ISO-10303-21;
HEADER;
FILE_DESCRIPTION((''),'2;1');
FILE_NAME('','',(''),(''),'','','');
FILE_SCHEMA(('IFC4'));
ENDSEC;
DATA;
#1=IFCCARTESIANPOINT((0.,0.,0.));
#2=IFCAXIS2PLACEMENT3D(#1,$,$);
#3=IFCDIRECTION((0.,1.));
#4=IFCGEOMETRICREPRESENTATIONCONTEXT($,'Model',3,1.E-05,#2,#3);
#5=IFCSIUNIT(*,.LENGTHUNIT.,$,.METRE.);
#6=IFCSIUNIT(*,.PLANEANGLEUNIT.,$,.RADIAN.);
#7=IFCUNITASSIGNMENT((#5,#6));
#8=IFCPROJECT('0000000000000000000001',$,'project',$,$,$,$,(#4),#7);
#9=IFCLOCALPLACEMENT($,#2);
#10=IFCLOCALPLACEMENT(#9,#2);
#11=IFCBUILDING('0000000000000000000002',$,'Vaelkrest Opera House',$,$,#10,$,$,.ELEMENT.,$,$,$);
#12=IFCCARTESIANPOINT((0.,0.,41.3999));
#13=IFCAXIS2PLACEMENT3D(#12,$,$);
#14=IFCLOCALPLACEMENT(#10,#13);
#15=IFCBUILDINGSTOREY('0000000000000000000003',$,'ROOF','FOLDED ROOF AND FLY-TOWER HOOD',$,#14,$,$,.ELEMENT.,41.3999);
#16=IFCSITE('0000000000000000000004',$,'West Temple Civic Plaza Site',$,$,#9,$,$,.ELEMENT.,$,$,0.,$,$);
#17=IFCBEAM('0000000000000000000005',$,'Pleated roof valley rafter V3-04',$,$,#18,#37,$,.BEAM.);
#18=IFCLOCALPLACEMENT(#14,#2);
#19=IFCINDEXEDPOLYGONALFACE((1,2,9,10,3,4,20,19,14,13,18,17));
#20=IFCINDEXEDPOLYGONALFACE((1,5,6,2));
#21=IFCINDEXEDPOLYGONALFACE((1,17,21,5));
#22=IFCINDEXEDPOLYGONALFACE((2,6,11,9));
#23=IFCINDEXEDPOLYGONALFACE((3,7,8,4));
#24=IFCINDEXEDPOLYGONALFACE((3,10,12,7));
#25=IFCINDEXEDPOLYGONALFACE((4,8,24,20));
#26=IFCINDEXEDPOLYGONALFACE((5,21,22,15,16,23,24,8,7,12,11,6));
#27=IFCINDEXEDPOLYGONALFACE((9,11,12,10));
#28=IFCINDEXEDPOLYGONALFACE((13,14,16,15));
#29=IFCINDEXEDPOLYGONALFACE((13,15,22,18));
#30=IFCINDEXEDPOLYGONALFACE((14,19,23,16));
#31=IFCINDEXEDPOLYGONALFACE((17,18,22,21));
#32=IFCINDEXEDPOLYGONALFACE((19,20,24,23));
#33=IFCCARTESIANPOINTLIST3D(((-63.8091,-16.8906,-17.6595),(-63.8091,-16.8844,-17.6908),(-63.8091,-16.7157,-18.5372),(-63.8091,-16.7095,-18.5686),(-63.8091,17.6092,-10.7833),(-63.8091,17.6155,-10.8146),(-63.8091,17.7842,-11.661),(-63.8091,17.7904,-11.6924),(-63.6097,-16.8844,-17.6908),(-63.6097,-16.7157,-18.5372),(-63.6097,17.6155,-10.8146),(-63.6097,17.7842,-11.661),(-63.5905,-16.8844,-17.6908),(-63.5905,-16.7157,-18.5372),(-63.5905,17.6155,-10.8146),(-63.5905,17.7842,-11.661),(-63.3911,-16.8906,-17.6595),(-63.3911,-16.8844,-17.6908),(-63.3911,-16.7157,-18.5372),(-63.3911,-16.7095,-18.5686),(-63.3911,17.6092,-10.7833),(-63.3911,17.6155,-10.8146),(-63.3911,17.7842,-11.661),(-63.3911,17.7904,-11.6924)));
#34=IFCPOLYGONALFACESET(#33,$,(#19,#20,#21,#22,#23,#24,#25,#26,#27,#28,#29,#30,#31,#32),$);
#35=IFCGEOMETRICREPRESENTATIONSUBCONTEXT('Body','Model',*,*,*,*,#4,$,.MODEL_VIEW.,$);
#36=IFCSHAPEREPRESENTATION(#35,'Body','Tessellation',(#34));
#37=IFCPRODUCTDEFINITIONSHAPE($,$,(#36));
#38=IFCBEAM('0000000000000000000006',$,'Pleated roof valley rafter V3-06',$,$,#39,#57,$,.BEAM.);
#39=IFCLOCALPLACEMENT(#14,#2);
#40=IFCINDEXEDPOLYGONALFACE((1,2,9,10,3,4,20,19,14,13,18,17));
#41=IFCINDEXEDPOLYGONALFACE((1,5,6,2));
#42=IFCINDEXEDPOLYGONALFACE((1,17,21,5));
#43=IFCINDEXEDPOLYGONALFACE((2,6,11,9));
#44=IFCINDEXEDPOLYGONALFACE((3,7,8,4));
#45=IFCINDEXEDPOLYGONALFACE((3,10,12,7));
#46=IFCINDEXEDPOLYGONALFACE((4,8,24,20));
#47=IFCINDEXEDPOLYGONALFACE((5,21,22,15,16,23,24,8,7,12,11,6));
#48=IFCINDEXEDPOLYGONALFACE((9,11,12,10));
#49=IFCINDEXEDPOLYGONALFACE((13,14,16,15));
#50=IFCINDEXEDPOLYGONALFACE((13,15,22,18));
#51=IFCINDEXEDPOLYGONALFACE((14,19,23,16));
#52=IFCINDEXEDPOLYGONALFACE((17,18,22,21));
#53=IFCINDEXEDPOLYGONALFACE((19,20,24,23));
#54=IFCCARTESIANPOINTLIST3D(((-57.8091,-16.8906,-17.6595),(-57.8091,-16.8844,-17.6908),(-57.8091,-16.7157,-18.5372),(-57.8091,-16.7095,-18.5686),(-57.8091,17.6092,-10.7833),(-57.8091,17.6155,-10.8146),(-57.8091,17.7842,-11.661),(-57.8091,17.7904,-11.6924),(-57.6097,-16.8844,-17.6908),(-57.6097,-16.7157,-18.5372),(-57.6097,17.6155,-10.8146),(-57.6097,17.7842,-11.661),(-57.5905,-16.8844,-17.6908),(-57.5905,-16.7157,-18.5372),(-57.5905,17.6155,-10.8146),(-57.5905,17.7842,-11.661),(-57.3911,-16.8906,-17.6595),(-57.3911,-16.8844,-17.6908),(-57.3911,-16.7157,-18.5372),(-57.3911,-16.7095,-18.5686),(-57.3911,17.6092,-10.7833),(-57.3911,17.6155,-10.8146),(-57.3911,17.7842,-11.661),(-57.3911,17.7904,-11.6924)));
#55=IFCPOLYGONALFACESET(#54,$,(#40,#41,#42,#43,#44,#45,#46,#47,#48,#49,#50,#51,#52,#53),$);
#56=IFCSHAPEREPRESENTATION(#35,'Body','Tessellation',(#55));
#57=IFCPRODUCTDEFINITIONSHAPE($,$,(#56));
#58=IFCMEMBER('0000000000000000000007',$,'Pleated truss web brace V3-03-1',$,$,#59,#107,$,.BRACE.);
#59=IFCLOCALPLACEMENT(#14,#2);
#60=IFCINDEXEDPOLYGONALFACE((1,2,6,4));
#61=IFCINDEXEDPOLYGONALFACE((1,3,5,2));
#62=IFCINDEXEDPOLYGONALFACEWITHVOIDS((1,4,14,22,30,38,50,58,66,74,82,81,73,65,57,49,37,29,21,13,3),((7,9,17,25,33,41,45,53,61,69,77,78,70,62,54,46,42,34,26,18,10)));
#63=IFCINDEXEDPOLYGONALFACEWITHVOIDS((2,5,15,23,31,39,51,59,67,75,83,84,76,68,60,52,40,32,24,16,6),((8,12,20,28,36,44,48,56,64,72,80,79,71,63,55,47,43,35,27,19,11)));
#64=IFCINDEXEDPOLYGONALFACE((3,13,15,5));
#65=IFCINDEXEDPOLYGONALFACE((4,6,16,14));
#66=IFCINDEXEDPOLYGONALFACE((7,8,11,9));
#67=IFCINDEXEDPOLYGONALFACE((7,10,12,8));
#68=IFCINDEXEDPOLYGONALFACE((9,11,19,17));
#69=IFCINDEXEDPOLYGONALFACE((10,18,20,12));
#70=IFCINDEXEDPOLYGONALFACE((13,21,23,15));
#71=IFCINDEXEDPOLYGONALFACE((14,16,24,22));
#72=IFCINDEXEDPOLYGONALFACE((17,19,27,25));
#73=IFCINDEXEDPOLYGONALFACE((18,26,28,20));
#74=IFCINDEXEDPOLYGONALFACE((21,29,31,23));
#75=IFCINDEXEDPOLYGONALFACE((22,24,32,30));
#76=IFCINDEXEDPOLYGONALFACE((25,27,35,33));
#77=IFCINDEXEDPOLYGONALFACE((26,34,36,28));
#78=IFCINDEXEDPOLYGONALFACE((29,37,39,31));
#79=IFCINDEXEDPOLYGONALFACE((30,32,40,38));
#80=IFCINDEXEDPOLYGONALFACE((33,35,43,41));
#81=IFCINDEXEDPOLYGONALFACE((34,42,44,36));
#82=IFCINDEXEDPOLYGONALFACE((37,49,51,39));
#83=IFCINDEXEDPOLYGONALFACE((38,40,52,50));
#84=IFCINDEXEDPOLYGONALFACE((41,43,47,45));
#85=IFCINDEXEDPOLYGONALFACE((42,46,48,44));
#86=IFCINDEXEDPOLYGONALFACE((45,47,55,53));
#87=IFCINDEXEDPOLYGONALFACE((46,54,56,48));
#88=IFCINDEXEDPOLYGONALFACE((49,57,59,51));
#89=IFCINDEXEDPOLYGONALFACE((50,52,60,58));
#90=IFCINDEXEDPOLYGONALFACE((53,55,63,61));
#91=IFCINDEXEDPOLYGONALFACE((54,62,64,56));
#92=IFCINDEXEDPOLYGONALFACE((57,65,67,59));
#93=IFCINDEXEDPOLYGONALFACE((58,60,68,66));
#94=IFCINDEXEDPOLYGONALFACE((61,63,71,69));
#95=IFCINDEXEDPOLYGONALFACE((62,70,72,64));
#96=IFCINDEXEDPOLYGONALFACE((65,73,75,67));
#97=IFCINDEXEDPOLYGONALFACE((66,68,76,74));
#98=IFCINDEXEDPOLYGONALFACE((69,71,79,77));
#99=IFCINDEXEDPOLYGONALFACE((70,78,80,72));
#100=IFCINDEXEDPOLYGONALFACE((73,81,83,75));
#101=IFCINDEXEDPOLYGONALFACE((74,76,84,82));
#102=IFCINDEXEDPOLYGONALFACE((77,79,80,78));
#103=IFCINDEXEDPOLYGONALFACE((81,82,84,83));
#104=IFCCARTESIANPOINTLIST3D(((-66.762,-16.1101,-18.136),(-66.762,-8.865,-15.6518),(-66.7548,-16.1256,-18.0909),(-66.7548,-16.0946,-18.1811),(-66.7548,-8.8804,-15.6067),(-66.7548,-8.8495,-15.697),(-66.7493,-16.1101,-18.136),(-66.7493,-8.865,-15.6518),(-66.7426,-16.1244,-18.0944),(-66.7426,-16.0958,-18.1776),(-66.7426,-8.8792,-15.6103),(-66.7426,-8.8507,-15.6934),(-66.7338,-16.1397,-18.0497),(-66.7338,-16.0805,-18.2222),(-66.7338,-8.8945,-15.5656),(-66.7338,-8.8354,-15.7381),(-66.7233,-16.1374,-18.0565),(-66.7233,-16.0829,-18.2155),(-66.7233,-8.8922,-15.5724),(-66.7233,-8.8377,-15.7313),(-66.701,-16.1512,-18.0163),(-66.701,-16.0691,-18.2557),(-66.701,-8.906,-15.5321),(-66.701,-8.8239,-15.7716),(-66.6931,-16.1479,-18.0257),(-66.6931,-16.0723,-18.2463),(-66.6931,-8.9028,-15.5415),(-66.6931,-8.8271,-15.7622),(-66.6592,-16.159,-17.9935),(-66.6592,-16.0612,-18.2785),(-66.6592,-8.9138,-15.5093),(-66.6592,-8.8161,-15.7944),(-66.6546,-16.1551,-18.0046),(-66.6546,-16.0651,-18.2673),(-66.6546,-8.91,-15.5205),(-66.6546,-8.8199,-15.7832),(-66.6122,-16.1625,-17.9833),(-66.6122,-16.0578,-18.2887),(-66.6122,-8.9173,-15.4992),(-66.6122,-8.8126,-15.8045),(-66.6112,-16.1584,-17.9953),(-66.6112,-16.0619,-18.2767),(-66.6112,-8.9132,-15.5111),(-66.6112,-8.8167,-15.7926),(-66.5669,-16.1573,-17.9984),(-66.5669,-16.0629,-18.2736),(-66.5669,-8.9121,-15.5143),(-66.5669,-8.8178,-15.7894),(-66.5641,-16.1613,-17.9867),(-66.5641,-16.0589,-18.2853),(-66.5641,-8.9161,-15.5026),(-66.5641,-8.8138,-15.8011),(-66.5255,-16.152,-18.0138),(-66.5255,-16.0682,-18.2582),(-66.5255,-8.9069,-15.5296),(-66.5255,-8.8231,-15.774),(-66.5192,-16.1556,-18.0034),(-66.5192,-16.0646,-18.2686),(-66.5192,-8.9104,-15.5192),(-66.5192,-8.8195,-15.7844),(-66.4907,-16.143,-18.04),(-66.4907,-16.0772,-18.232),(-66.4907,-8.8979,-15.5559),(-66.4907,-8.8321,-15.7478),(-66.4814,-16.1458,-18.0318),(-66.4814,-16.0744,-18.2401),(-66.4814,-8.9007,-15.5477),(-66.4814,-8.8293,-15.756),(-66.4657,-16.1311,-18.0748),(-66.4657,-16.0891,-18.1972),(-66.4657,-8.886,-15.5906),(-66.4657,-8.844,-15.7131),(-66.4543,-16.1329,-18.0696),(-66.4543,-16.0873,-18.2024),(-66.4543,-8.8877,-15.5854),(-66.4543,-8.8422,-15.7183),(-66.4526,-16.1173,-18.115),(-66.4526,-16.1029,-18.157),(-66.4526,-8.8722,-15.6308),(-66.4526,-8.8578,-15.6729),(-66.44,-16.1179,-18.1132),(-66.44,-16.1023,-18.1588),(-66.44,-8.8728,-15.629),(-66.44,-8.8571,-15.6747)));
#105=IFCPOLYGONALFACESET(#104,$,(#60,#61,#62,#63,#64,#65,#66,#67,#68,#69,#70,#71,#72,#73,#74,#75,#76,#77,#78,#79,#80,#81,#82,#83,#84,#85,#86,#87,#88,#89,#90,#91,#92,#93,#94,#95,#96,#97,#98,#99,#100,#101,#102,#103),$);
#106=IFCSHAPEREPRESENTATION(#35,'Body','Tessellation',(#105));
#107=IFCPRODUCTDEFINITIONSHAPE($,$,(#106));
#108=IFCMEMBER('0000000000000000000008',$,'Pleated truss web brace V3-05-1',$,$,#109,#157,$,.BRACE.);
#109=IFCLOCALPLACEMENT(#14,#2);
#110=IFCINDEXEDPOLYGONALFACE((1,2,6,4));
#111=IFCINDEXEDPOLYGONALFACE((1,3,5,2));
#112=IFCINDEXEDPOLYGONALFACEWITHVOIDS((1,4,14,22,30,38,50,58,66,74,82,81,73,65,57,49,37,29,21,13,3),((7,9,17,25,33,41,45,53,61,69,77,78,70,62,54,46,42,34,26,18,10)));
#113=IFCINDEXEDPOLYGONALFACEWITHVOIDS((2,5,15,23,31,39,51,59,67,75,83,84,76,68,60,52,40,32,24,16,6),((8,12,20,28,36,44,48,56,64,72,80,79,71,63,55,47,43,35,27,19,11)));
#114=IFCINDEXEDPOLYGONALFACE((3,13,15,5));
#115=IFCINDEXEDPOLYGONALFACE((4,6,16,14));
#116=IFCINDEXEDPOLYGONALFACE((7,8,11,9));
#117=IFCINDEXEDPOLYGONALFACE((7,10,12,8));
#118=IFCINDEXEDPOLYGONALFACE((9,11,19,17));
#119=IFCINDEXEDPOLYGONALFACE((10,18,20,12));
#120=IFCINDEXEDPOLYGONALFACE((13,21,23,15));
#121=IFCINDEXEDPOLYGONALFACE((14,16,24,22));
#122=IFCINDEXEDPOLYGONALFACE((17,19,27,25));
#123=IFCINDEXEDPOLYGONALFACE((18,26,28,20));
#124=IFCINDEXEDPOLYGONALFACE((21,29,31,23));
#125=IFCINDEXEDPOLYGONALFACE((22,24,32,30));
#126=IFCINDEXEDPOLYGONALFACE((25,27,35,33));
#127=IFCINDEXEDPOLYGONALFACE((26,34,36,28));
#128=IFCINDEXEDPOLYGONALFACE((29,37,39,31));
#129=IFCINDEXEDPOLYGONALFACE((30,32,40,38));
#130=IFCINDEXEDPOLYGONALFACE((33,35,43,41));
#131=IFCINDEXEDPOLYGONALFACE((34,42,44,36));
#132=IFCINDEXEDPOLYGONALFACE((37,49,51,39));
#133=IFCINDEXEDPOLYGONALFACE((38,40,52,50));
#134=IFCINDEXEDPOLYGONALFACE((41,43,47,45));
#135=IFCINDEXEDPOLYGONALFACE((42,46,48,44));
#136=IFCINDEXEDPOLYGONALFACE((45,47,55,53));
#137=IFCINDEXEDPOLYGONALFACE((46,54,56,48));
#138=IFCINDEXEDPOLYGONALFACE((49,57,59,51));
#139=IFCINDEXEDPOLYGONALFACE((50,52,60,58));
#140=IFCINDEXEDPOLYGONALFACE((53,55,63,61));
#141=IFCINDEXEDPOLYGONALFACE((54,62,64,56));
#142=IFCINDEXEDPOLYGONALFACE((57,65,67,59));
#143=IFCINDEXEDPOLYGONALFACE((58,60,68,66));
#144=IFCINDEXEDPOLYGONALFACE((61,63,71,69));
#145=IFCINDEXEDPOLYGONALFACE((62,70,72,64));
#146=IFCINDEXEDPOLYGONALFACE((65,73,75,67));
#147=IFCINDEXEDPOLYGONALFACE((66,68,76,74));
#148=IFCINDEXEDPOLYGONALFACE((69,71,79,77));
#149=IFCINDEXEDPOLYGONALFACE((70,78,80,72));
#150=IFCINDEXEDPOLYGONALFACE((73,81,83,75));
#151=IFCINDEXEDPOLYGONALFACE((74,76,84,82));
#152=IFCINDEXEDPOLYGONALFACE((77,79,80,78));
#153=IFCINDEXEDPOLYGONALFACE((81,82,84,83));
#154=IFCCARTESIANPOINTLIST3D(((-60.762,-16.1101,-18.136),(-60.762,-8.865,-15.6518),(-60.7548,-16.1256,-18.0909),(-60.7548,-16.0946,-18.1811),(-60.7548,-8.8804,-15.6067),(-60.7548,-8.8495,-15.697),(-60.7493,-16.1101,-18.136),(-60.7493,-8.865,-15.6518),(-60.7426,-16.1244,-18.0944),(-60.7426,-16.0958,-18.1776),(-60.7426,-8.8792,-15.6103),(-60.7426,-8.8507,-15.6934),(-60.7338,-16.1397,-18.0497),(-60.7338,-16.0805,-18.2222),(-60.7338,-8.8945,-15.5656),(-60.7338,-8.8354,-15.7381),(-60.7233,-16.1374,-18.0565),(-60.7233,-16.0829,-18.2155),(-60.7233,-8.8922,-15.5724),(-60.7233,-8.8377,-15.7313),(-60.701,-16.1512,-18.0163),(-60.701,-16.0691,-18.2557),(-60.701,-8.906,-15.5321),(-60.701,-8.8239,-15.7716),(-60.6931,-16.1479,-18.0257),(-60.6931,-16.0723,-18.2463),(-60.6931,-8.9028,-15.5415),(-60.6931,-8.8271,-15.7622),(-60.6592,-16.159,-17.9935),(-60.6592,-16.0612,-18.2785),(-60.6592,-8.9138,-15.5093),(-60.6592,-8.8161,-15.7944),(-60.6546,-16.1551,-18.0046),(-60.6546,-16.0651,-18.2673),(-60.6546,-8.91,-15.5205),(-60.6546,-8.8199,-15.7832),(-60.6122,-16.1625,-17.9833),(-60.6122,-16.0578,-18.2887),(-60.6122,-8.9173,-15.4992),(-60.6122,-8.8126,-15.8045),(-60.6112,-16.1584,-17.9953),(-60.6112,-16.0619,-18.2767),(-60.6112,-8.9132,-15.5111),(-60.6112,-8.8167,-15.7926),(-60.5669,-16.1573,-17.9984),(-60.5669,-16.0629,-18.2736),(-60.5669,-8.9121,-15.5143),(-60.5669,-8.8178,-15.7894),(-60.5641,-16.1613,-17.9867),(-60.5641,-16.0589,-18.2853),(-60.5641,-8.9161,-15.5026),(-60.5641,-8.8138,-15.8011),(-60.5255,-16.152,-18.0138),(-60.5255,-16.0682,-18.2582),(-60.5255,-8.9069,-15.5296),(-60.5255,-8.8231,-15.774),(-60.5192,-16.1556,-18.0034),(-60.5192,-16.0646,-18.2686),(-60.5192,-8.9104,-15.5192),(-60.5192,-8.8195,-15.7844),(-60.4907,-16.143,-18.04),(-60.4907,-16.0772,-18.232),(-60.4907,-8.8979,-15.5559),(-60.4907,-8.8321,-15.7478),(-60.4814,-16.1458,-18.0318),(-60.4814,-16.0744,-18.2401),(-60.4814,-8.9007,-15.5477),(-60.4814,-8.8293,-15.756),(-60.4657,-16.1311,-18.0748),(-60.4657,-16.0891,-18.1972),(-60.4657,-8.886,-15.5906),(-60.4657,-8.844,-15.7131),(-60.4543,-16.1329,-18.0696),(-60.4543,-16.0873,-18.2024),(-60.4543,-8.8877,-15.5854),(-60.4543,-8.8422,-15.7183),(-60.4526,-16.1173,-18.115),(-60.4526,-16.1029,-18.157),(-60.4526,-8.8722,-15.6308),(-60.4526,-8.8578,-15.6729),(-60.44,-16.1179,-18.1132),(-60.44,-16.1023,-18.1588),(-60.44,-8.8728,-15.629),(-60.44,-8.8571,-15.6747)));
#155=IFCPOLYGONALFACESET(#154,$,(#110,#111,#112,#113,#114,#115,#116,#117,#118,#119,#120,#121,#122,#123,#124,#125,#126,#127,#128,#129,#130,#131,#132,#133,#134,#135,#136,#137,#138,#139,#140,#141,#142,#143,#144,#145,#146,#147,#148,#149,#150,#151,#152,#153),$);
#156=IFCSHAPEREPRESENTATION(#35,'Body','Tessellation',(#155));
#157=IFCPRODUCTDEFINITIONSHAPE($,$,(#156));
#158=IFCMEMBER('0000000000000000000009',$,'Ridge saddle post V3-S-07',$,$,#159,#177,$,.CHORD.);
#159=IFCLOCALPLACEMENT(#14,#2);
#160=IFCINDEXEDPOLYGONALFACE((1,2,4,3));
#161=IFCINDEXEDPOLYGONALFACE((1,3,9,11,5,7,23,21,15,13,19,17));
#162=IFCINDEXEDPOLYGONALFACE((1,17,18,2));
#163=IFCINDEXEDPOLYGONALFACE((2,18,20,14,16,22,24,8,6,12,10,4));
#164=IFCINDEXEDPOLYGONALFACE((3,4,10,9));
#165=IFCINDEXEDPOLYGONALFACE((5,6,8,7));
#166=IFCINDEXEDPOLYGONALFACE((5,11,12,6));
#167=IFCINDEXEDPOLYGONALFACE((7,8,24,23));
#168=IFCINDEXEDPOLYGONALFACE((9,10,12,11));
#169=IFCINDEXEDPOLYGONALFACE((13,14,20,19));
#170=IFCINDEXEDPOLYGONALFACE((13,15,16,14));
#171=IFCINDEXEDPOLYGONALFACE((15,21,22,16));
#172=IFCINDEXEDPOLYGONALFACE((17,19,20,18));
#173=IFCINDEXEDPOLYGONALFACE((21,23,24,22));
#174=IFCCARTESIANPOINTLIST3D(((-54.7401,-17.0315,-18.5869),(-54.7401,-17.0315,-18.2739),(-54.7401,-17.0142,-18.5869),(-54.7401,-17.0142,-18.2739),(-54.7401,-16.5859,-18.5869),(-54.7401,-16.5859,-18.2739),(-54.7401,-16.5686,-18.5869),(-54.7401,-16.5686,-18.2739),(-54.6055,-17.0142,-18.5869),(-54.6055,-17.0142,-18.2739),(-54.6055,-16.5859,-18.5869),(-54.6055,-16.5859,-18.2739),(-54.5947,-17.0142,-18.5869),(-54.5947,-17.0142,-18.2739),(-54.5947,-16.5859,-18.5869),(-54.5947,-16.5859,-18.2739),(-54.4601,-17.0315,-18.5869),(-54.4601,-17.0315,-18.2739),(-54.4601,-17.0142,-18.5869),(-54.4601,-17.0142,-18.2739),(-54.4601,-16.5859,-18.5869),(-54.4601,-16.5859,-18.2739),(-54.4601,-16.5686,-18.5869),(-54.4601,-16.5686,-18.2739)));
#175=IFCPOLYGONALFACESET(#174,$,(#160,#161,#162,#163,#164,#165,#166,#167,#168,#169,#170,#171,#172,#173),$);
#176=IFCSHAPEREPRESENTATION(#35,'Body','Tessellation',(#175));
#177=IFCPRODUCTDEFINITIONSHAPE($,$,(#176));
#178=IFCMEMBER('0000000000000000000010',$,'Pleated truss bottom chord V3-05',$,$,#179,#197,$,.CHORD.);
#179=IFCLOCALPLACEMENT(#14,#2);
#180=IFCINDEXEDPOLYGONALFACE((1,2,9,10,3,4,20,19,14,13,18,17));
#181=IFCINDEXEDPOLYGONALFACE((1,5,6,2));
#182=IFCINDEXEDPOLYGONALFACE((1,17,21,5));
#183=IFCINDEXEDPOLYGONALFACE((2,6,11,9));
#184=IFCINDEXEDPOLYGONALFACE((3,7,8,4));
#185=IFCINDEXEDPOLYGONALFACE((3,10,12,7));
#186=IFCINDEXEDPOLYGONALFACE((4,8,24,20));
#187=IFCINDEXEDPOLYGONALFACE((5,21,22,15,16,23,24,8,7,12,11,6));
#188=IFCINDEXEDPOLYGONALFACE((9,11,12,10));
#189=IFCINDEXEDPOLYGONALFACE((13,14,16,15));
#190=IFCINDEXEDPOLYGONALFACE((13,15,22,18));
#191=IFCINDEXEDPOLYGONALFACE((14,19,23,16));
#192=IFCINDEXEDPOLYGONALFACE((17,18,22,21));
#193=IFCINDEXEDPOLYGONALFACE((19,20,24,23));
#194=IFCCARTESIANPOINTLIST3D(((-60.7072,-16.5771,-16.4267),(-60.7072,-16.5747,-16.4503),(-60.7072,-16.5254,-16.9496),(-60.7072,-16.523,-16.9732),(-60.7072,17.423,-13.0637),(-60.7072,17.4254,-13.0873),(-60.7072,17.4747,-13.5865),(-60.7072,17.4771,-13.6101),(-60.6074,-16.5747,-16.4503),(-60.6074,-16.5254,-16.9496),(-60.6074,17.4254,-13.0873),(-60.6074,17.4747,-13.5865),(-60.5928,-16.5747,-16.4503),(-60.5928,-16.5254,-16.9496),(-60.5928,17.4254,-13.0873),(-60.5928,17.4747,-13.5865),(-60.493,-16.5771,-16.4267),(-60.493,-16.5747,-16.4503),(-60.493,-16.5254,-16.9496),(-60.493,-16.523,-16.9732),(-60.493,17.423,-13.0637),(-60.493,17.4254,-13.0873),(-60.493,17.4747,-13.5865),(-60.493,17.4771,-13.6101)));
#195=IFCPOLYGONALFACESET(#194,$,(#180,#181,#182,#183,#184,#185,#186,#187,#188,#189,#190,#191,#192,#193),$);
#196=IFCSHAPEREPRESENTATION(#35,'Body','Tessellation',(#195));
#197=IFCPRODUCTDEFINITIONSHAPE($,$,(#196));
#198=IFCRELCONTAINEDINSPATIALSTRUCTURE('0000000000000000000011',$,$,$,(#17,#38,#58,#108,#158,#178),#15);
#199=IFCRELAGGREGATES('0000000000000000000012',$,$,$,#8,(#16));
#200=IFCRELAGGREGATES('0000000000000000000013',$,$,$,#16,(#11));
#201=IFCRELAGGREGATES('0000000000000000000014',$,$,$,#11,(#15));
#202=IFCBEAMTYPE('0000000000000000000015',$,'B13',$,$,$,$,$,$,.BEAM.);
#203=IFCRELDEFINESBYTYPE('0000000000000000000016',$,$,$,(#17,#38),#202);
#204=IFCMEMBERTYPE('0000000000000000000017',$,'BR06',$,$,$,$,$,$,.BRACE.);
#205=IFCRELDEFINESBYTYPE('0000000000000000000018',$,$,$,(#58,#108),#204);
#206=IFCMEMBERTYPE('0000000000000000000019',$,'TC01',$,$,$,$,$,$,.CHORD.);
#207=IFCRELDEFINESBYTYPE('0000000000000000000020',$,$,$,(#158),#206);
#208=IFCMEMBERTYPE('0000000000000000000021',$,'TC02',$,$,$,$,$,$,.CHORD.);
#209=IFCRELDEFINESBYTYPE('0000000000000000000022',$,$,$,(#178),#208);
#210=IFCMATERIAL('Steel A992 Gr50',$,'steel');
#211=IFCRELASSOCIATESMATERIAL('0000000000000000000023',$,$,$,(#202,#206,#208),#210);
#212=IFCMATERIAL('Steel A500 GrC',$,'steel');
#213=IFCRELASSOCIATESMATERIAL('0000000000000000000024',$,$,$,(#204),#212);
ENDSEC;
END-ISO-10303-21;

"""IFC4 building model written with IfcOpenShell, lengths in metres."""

from ifc_helpers import new_model, si_unit, direction, frame, origin, origin_2d, place, context, subcontext, project, spatial, hollow_circle, i_section, extrude, material, material_profile, profile_set, type_object, element, save


model = new_model("IFC4")

# Units and contexts
model_context = context("Model", 3, precision=1e-05, world=origin(), true_north=direction((0.0, 1.0)))
body_context = subcontext(model_context, "Body", "Model", "MODEL_VIEW")
ifc_project = project(units=[si_unit("LENGTHUNIT", "METRE"), si_unit("PLANEANGLEUNIT", "RADIAN")], contexts=[model_context])

# Site, building, storey
site_placement = place(None, origin())
site = spatial("IfcSite", under=ifc_project, at=site_placement, Name="West Temple Civic Plaza Site", CompositionType="ELEMENT", RefElevation=0.0)
building_placement = place(site_placement, origin())
building = spatial("IfcBuilding", under=site, at=building_placement, Name="Vaelkrest Opera House", CompositionType="ELEMENT")
storey_placement = place(building_placement, frame((0.0, 0.0, 41.3999)))
storey = spatial("IfcBuildingStorey", under=building, at=storey_placement, Name="ROOF", Description="FOLDED ROOF AND FLY-TOWER HOOD", CompositionType="ELEMENT", Elevation=41.3999)

# Beams
ifc_material_1 = material(Name="Steel A992 Gr50", Category="steel")
ifc_material_profile_1 = material_profile(ifc_material_1, i_section(OverallWidth=0.418, OverallDepth=0.927, WebThickness=0.0193, FlangeThickness=0.032, at=origin_2d()), Name="W36X231")
ifc_profile_set_1 = profile_set([ifc_material_profile_1], Name="Steel A992 Gr50")
beam_type = type_object("IfcBeamType", Name="B13", PredefinedType="BEAM", material=ifc_profile_set_1)
for number, where, z_axis, x_axis, name in (
    (1, (-63.6001, -16.8, -18.114), (0.0, 0.98071, 0.195466), (-1.0, 0.0, 0.0), "Pleated roof valley rafter V3-04"),
    (2, (-57.6001, -16.8, -18.114), (0.0, 0.98071, 0.195466), (-1.0, 0.0, 0.0), "Pleated roof valley rafter V3-06"),
):
    element("IfcBeam", number, at=place(storey_placement, frame(where, z_axis=z_axis, x_axis=x_axis)), inside=storey, type_object=beam_type, Name=name, PredefinedType="BEAM", context=body_context, shape_type="SweptSolid", body=[
        extrude(i_section(OverallWidth=0.418, OverallDepth=0.927, WebThickness=0.0193, FlangeThickness=0.032, at=origin_2d()), origin(), (0.0, 0.0, 1.0), 35.1785),
    ])

# Members
ifc_material_2 = material(Name="Steel A500 GrC", Category="steel")
ifc_material_profile_2 = material_profile(ifc_material_2, hollow_circle(Radius=0.1619, WallThickness=0.0127, at=origin_2d()), Name="HSS323.9X12.7")
ifc_profile_set_2 = profile_set([ifc_material_profile_2], Name="Steel A500 GrC")
member_type_1 = type_object("IfcMemberType", Name="BR06", PredefinedType="BRACE", material=ifc_profile_set_2)
for number, where, z_axis, x_axis, name in (
    (3, (-66.6001, -16.1101, -18.136), (0.0, 0.945942, 0.324335), (-1.0, 0.0, 0.0), "Pleated truss web brace V3-03-1"),
    (4, (-60.6001, -16.1101, -18.136), (0.0, 0.945942, 0.324335), (-1.0, 0.0, 0.0), "Pleated truss web brace V3-05-1"),
):
    element("IfcMember", number, at=place(storey_placement, frame(where, z_axis=z_axis, x_axis=x_axis)), inside=storey, type_object=member_type_1, Name=name, PredefinedType="BRACE", context=body_context, shape_type="SweptSolid", body=[
        extrude(hollow_circle(Radius=0.1619, WallThickness=0.0127, at=origin_2d()), origin(), (0.0, 0.0, 1.0), 7.6592),
    ])
ifc_material_profile_3 = material_profile(ifc_material_1, i_section(OverallWidth=0.28, OverallDepth=0.4629, WebThickness=0.0107, FlangeThickness=0.0173, at=origin_2d()), Name="W18X76")
ifc_profile_set_3 = profile_set([ifc_material_profile_3], Name="Steel A992 Gr50")
member_type_2 = type_object("IfcMemberType", Name="TC01", PredefinedType="CHORD", material=ifc_profile_set_3)
member_1_placement = place(storey_placement, frame((-54.6001, -16.8, -18.5869), z_axis=(0.0, 0.0, 1.0), x_axis=(1.0, 0.0, 0.0)))
element("IfcMember", 5, at=member_1_placement, inside=storey, type_object=member_type_2, Name="Ridge saddle post V3-S-07", PredefinedType="CHORD", context=body_context, shape_type="SweptSolid", body=[
    extrude(i_section(OverallWidth=0.28, OverallDepth=0.4629, WebThickness=0.0107, FlangeThickness=0.0173, at=origin_2d()), origin(), (0.0, 0.0, 1.0), 0.313),
])
ifc_material_profile_4 = material_profile(ifc_material_1, i_section(OverallWidth=0.2141, OverallDepth=0.5491, WebThickness=0.0146, FlangeThickness=0.0237, at=origin_2d()), Name="W21X93")
ifc_profile_set_4 = profile_set([ifc_material_profile_4], Name="Steel A992 Gr50")
member_type_3 = type_object("IfcMemberType", Name="TC02", PredefinedType="CHORD", material=ifc_profile_set_4)
for number, where, z_axis, x_axis, name in (
    (6, (-60.6001, -16.55, -16.7), (0.0, 0.995144, 0.098433), (-1.0, 0.0, 0.0), "Pleated truss bottom chord V3-05"),
):
    element("IfcMember", number, at=place(storey_placement, frame(where, z_axis=z_axis, x_axis=x_axis)), inside=storey, type_object=member_type_3, Name=name, PredefinedType="CHORD", context=body_context, shape_type="SweptSolid", body=[
        extrude(i_section(OverallWidth=0.2141, OverallDepth=0.5491, WebThickness=0.0146, FlangeThickness=0.0237, at=origin_2d()), origin(), (0.0, 0.0, 1.0), 34.166),
    ])

save(model, "model.ifc")
